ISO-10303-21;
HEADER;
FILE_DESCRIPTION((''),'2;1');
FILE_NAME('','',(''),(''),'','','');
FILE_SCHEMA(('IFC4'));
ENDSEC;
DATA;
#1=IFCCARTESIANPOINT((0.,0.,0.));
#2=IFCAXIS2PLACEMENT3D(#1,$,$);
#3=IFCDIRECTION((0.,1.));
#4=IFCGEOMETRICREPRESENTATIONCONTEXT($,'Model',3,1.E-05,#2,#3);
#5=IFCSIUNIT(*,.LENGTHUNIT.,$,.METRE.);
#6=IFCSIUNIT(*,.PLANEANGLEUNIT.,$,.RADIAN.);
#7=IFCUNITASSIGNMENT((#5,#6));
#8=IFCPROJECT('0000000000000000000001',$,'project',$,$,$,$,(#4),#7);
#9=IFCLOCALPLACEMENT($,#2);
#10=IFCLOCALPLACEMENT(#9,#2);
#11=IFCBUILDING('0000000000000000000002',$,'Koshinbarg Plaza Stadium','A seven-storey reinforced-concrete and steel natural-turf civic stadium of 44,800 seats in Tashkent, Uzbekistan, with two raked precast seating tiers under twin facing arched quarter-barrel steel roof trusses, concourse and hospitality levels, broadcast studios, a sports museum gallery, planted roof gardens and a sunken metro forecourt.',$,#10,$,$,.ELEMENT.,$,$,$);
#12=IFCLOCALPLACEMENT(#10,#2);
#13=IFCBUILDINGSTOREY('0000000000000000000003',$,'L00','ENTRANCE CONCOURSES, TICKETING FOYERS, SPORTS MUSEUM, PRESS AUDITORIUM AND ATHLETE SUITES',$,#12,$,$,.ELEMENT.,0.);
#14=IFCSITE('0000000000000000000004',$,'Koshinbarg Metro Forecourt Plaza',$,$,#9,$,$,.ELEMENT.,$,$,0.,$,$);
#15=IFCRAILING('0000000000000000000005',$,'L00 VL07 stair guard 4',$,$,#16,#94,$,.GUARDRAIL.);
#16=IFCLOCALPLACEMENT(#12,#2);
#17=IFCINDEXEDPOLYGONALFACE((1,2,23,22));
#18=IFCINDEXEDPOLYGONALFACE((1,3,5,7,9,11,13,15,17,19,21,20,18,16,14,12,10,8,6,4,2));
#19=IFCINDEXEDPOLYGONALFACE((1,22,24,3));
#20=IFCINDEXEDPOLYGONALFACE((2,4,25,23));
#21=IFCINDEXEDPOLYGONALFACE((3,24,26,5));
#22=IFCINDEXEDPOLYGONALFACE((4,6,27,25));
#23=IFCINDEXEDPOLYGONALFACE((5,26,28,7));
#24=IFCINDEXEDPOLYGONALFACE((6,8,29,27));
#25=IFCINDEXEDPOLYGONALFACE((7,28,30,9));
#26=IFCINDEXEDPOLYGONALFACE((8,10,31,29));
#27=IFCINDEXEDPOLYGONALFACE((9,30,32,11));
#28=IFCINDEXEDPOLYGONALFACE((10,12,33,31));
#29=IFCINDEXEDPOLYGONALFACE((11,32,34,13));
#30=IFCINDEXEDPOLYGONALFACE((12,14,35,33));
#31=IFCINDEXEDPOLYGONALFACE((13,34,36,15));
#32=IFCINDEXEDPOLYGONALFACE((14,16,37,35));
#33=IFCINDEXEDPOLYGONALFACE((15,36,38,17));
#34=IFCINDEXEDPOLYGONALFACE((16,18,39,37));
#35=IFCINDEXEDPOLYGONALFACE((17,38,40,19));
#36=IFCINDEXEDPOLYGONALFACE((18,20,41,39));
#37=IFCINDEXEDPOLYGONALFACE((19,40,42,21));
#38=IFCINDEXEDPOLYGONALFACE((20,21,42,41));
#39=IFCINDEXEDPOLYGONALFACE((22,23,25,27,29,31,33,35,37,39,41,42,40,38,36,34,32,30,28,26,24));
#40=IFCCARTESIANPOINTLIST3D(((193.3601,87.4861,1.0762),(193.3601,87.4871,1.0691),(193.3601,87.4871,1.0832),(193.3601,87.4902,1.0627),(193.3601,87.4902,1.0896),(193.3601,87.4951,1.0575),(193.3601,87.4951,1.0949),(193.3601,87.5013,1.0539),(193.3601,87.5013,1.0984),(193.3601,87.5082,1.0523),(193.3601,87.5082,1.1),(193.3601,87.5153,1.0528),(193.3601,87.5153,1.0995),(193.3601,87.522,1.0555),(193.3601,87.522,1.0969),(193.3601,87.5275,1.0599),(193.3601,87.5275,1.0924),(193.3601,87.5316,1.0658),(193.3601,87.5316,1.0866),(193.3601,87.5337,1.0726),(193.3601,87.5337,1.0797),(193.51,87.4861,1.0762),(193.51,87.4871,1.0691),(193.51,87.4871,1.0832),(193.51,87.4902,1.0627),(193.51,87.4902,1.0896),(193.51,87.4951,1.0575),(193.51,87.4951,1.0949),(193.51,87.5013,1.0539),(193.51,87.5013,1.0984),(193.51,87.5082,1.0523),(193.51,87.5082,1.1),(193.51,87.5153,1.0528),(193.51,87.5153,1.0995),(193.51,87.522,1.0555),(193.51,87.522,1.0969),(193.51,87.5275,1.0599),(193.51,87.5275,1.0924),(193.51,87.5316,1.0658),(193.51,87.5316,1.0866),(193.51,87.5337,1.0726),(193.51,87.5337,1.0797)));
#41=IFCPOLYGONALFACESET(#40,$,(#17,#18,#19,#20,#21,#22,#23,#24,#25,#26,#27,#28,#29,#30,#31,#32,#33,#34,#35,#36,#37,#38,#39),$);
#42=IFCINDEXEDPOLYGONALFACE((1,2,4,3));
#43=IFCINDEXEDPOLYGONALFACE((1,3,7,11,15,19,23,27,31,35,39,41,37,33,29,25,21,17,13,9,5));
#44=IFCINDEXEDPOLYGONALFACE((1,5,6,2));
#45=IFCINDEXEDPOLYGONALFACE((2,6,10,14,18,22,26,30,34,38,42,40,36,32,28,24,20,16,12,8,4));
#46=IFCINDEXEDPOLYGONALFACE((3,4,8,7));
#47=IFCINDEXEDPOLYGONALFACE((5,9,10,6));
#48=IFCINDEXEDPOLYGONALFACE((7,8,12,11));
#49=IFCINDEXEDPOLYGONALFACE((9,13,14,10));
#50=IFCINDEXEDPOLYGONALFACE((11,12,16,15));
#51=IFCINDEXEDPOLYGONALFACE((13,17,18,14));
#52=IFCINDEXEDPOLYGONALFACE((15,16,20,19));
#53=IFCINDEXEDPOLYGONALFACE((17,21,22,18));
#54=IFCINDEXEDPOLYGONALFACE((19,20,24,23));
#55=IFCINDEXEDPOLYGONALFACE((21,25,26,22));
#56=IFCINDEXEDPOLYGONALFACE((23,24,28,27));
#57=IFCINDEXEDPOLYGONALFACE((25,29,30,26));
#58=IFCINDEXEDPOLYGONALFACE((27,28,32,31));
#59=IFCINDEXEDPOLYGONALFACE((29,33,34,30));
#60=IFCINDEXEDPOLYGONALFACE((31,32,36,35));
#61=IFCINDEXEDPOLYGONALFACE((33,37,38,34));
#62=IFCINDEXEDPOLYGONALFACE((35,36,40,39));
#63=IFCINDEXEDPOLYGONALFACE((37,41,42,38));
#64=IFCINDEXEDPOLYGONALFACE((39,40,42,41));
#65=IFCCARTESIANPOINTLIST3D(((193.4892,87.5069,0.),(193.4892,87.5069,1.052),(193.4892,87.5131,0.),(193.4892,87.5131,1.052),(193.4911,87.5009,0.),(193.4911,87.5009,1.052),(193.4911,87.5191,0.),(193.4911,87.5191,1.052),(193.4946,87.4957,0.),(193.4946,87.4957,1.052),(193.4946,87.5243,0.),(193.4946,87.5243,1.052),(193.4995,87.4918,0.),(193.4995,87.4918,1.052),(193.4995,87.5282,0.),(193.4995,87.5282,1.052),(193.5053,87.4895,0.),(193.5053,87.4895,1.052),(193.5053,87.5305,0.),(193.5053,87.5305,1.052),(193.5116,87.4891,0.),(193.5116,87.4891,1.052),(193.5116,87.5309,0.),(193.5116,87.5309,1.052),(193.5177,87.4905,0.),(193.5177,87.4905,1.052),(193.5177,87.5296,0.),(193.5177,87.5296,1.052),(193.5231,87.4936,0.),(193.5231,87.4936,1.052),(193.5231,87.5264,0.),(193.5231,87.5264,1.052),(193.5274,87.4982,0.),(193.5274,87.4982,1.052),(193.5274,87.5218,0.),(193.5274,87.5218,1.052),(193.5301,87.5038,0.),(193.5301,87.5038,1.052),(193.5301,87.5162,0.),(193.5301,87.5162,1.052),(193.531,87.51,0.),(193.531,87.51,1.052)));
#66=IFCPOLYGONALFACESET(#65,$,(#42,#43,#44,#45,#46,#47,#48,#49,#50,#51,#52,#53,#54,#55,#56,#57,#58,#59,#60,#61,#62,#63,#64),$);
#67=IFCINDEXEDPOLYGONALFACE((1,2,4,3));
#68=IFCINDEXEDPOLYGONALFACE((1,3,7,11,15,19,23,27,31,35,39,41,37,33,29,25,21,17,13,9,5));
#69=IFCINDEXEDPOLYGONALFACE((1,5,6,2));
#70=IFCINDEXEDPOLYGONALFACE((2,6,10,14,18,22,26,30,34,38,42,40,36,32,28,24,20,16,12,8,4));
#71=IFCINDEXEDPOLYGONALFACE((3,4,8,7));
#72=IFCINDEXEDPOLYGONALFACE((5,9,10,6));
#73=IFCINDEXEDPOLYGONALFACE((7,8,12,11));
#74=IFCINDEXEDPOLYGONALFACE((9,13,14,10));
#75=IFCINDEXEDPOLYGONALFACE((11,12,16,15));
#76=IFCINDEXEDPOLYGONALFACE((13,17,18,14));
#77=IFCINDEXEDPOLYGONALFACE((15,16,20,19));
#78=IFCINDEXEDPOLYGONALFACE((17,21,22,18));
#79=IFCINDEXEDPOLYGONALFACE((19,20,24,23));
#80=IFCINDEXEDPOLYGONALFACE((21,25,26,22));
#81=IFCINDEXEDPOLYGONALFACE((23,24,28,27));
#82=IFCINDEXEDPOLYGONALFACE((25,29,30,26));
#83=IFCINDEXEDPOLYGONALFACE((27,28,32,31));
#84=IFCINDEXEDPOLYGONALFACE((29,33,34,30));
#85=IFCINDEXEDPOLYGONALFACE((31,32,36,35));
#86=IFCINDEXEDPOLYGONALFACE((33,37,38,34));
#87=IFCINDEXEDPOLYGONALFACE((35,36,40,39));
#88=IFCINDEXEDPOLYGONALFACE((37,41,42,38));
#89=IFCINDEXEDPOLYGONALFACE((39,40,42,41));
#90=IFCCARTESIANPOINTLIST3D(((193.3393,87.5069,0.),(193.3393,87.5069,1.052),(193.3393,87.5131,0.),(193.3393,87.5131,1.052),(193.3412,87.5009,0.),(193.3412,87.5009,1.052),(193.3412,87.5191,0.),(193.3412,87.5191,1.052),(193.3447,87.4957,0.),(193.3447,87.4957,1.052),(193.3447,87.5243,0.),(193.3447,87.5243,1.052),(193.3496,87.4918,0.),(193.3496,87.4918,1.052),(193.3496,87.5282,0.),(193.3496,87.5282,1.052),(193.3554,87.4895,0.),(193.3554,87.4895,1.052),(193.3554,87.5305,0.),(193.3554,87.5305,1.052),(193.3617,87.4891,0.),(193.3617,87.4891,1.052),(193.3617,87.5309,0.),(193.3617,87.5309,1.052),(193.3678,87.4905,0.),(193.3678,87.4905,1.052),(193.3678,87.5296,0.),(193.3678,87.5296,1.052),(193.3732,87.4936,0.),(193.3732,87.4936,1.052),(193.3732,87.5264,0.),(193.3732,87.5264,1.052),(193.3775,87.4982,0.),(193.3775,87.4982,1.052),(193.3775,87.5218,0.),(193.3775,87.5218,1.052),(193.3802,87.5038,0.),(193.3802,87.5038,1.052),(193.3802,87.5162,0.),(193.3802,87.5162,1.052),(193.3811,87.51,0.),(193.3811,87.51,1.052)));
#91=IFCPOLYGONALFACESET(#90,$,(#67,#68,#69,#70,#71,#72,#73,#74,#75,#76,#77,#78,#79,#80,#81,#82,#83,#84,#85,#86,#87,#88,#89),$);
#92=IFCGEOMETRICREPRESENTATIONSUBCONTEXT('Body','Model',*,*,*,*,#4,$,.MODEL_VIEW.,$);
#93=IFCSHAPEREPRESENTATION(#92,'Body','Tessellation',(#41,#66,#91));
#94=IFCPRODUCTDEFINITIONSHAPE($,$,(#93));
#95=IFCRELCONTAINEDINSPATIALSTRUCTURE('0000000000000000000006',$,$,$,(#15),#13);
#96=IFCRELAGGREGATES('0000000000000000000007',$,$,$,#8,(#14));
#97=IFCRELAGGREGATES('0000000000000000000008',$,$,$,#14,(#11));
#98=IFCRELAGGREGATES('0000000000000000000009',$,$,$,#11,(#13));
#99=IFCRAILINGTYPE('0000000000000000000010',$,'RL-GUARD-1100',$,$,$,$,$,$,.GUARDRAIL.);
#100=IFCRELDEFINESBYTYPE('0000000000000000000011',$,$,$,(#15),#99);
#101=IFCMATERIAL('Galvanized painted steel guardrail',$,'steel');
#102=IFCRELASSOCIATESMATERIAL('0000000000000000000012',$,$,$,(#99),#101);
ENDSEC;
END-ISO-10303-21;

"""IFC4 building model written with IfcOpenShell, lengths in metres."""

from ifc_helpers import new_model, si_unit, direction, frame, origin, origin_2d, place, context, subcontext, project, spatial, circle, extrude, material, type_object, element, save


model = new_model("IFC4")

# Units and contexts
model_context = context("Model", 3, precision=1e-05, world=origin(), true_north=direction((0.0, 1.0)))
body_context = subcontext(model_context, "Body", "Model", "MODEL_VIEW")
ifc_project = project(units=[si_unit("LENGTHUNIT", "METRE"), si_unit("PLANEANGLEUNIT", "RADIAN")], contexts=[model_context])

# Site, building, storey
site_placement = place(None, origin())
site = spatial("IfcSite", under=ifc_project, at=site_placement, Name="Koshinbarg Metro Forecourt Plaza", CompositionType="ELEMENT", RefElevation=0.0)
building_placement = place(site_placement, origin())
building = spatial("IfcBuilding", under=site, at=building_placement, Name="Koshinbarg Plaza Stadium", Description="A seven-storey reinforced-concrete and steel natural-turf civic stadium of 44,800 seats in Tashkent, Uzbekistan, with two raked precast seating tiers under twin facing arched quarter-barrel steel roof trusses, concourse and hospitality levels, broadcast studios, a sports museum gallery, planted roof gardens and a sunken metro forecourt.", CompositionType="ELEMENT")
storey_placement = place(building_placement, origin())
storey = spatial("IfcBuildingStorey", under=building, at=storey_placement, Name="L00", Description="ENTRANCE CONCOURSES, TICKETING FOYERS, SPORTS MUSEUM, PRESS AUDITORIUM AND ATHLETE SUITES", CompositionType="ELEMENT", Elevation=0.0)

# Railing
ifc_material_1 = material(Name="Galvanized painted steel guardrail", Category="steel")
railing_type_1 = type_object("IfcRailingType", Name="RL-GUARD-1100", PredefinedType="GUARDRAIL", material=ifc_material_1)
railing_1_placement = place(storey_placement, frame((193.51, 87.51, 0.0)))
element("IfcRailing", 1, at=railing_1_placement, inside=storey, type_object=railing_type_1, Name="L00 VL07 stair guard 4", PredefinedType="GUARDRAIL", context=body_context, shape_type="SweptSolid", body=[
    extrude(circle(Radius=0.0239, at=origin_2d()), frame((0.0, 0.0, 1.0762), z_axis=(-1.0, 0.0, 0.0), x_axis=(0.0, -1.0, 0.0)), (0.0, 0.0, 1.0), 0.1499),
    extrude(circle(Radius=0.021, at=origin_2d()), origin(), (0.0, 0.0, 1.0), 1.052),
    extrude(circle(Radius=0.021, at=origin_2d()), frame((-0.1499, 0.0, 0.0)), (0.0, 0.0, 1.0), 1.052),
])

save(model, "model.ifc")
